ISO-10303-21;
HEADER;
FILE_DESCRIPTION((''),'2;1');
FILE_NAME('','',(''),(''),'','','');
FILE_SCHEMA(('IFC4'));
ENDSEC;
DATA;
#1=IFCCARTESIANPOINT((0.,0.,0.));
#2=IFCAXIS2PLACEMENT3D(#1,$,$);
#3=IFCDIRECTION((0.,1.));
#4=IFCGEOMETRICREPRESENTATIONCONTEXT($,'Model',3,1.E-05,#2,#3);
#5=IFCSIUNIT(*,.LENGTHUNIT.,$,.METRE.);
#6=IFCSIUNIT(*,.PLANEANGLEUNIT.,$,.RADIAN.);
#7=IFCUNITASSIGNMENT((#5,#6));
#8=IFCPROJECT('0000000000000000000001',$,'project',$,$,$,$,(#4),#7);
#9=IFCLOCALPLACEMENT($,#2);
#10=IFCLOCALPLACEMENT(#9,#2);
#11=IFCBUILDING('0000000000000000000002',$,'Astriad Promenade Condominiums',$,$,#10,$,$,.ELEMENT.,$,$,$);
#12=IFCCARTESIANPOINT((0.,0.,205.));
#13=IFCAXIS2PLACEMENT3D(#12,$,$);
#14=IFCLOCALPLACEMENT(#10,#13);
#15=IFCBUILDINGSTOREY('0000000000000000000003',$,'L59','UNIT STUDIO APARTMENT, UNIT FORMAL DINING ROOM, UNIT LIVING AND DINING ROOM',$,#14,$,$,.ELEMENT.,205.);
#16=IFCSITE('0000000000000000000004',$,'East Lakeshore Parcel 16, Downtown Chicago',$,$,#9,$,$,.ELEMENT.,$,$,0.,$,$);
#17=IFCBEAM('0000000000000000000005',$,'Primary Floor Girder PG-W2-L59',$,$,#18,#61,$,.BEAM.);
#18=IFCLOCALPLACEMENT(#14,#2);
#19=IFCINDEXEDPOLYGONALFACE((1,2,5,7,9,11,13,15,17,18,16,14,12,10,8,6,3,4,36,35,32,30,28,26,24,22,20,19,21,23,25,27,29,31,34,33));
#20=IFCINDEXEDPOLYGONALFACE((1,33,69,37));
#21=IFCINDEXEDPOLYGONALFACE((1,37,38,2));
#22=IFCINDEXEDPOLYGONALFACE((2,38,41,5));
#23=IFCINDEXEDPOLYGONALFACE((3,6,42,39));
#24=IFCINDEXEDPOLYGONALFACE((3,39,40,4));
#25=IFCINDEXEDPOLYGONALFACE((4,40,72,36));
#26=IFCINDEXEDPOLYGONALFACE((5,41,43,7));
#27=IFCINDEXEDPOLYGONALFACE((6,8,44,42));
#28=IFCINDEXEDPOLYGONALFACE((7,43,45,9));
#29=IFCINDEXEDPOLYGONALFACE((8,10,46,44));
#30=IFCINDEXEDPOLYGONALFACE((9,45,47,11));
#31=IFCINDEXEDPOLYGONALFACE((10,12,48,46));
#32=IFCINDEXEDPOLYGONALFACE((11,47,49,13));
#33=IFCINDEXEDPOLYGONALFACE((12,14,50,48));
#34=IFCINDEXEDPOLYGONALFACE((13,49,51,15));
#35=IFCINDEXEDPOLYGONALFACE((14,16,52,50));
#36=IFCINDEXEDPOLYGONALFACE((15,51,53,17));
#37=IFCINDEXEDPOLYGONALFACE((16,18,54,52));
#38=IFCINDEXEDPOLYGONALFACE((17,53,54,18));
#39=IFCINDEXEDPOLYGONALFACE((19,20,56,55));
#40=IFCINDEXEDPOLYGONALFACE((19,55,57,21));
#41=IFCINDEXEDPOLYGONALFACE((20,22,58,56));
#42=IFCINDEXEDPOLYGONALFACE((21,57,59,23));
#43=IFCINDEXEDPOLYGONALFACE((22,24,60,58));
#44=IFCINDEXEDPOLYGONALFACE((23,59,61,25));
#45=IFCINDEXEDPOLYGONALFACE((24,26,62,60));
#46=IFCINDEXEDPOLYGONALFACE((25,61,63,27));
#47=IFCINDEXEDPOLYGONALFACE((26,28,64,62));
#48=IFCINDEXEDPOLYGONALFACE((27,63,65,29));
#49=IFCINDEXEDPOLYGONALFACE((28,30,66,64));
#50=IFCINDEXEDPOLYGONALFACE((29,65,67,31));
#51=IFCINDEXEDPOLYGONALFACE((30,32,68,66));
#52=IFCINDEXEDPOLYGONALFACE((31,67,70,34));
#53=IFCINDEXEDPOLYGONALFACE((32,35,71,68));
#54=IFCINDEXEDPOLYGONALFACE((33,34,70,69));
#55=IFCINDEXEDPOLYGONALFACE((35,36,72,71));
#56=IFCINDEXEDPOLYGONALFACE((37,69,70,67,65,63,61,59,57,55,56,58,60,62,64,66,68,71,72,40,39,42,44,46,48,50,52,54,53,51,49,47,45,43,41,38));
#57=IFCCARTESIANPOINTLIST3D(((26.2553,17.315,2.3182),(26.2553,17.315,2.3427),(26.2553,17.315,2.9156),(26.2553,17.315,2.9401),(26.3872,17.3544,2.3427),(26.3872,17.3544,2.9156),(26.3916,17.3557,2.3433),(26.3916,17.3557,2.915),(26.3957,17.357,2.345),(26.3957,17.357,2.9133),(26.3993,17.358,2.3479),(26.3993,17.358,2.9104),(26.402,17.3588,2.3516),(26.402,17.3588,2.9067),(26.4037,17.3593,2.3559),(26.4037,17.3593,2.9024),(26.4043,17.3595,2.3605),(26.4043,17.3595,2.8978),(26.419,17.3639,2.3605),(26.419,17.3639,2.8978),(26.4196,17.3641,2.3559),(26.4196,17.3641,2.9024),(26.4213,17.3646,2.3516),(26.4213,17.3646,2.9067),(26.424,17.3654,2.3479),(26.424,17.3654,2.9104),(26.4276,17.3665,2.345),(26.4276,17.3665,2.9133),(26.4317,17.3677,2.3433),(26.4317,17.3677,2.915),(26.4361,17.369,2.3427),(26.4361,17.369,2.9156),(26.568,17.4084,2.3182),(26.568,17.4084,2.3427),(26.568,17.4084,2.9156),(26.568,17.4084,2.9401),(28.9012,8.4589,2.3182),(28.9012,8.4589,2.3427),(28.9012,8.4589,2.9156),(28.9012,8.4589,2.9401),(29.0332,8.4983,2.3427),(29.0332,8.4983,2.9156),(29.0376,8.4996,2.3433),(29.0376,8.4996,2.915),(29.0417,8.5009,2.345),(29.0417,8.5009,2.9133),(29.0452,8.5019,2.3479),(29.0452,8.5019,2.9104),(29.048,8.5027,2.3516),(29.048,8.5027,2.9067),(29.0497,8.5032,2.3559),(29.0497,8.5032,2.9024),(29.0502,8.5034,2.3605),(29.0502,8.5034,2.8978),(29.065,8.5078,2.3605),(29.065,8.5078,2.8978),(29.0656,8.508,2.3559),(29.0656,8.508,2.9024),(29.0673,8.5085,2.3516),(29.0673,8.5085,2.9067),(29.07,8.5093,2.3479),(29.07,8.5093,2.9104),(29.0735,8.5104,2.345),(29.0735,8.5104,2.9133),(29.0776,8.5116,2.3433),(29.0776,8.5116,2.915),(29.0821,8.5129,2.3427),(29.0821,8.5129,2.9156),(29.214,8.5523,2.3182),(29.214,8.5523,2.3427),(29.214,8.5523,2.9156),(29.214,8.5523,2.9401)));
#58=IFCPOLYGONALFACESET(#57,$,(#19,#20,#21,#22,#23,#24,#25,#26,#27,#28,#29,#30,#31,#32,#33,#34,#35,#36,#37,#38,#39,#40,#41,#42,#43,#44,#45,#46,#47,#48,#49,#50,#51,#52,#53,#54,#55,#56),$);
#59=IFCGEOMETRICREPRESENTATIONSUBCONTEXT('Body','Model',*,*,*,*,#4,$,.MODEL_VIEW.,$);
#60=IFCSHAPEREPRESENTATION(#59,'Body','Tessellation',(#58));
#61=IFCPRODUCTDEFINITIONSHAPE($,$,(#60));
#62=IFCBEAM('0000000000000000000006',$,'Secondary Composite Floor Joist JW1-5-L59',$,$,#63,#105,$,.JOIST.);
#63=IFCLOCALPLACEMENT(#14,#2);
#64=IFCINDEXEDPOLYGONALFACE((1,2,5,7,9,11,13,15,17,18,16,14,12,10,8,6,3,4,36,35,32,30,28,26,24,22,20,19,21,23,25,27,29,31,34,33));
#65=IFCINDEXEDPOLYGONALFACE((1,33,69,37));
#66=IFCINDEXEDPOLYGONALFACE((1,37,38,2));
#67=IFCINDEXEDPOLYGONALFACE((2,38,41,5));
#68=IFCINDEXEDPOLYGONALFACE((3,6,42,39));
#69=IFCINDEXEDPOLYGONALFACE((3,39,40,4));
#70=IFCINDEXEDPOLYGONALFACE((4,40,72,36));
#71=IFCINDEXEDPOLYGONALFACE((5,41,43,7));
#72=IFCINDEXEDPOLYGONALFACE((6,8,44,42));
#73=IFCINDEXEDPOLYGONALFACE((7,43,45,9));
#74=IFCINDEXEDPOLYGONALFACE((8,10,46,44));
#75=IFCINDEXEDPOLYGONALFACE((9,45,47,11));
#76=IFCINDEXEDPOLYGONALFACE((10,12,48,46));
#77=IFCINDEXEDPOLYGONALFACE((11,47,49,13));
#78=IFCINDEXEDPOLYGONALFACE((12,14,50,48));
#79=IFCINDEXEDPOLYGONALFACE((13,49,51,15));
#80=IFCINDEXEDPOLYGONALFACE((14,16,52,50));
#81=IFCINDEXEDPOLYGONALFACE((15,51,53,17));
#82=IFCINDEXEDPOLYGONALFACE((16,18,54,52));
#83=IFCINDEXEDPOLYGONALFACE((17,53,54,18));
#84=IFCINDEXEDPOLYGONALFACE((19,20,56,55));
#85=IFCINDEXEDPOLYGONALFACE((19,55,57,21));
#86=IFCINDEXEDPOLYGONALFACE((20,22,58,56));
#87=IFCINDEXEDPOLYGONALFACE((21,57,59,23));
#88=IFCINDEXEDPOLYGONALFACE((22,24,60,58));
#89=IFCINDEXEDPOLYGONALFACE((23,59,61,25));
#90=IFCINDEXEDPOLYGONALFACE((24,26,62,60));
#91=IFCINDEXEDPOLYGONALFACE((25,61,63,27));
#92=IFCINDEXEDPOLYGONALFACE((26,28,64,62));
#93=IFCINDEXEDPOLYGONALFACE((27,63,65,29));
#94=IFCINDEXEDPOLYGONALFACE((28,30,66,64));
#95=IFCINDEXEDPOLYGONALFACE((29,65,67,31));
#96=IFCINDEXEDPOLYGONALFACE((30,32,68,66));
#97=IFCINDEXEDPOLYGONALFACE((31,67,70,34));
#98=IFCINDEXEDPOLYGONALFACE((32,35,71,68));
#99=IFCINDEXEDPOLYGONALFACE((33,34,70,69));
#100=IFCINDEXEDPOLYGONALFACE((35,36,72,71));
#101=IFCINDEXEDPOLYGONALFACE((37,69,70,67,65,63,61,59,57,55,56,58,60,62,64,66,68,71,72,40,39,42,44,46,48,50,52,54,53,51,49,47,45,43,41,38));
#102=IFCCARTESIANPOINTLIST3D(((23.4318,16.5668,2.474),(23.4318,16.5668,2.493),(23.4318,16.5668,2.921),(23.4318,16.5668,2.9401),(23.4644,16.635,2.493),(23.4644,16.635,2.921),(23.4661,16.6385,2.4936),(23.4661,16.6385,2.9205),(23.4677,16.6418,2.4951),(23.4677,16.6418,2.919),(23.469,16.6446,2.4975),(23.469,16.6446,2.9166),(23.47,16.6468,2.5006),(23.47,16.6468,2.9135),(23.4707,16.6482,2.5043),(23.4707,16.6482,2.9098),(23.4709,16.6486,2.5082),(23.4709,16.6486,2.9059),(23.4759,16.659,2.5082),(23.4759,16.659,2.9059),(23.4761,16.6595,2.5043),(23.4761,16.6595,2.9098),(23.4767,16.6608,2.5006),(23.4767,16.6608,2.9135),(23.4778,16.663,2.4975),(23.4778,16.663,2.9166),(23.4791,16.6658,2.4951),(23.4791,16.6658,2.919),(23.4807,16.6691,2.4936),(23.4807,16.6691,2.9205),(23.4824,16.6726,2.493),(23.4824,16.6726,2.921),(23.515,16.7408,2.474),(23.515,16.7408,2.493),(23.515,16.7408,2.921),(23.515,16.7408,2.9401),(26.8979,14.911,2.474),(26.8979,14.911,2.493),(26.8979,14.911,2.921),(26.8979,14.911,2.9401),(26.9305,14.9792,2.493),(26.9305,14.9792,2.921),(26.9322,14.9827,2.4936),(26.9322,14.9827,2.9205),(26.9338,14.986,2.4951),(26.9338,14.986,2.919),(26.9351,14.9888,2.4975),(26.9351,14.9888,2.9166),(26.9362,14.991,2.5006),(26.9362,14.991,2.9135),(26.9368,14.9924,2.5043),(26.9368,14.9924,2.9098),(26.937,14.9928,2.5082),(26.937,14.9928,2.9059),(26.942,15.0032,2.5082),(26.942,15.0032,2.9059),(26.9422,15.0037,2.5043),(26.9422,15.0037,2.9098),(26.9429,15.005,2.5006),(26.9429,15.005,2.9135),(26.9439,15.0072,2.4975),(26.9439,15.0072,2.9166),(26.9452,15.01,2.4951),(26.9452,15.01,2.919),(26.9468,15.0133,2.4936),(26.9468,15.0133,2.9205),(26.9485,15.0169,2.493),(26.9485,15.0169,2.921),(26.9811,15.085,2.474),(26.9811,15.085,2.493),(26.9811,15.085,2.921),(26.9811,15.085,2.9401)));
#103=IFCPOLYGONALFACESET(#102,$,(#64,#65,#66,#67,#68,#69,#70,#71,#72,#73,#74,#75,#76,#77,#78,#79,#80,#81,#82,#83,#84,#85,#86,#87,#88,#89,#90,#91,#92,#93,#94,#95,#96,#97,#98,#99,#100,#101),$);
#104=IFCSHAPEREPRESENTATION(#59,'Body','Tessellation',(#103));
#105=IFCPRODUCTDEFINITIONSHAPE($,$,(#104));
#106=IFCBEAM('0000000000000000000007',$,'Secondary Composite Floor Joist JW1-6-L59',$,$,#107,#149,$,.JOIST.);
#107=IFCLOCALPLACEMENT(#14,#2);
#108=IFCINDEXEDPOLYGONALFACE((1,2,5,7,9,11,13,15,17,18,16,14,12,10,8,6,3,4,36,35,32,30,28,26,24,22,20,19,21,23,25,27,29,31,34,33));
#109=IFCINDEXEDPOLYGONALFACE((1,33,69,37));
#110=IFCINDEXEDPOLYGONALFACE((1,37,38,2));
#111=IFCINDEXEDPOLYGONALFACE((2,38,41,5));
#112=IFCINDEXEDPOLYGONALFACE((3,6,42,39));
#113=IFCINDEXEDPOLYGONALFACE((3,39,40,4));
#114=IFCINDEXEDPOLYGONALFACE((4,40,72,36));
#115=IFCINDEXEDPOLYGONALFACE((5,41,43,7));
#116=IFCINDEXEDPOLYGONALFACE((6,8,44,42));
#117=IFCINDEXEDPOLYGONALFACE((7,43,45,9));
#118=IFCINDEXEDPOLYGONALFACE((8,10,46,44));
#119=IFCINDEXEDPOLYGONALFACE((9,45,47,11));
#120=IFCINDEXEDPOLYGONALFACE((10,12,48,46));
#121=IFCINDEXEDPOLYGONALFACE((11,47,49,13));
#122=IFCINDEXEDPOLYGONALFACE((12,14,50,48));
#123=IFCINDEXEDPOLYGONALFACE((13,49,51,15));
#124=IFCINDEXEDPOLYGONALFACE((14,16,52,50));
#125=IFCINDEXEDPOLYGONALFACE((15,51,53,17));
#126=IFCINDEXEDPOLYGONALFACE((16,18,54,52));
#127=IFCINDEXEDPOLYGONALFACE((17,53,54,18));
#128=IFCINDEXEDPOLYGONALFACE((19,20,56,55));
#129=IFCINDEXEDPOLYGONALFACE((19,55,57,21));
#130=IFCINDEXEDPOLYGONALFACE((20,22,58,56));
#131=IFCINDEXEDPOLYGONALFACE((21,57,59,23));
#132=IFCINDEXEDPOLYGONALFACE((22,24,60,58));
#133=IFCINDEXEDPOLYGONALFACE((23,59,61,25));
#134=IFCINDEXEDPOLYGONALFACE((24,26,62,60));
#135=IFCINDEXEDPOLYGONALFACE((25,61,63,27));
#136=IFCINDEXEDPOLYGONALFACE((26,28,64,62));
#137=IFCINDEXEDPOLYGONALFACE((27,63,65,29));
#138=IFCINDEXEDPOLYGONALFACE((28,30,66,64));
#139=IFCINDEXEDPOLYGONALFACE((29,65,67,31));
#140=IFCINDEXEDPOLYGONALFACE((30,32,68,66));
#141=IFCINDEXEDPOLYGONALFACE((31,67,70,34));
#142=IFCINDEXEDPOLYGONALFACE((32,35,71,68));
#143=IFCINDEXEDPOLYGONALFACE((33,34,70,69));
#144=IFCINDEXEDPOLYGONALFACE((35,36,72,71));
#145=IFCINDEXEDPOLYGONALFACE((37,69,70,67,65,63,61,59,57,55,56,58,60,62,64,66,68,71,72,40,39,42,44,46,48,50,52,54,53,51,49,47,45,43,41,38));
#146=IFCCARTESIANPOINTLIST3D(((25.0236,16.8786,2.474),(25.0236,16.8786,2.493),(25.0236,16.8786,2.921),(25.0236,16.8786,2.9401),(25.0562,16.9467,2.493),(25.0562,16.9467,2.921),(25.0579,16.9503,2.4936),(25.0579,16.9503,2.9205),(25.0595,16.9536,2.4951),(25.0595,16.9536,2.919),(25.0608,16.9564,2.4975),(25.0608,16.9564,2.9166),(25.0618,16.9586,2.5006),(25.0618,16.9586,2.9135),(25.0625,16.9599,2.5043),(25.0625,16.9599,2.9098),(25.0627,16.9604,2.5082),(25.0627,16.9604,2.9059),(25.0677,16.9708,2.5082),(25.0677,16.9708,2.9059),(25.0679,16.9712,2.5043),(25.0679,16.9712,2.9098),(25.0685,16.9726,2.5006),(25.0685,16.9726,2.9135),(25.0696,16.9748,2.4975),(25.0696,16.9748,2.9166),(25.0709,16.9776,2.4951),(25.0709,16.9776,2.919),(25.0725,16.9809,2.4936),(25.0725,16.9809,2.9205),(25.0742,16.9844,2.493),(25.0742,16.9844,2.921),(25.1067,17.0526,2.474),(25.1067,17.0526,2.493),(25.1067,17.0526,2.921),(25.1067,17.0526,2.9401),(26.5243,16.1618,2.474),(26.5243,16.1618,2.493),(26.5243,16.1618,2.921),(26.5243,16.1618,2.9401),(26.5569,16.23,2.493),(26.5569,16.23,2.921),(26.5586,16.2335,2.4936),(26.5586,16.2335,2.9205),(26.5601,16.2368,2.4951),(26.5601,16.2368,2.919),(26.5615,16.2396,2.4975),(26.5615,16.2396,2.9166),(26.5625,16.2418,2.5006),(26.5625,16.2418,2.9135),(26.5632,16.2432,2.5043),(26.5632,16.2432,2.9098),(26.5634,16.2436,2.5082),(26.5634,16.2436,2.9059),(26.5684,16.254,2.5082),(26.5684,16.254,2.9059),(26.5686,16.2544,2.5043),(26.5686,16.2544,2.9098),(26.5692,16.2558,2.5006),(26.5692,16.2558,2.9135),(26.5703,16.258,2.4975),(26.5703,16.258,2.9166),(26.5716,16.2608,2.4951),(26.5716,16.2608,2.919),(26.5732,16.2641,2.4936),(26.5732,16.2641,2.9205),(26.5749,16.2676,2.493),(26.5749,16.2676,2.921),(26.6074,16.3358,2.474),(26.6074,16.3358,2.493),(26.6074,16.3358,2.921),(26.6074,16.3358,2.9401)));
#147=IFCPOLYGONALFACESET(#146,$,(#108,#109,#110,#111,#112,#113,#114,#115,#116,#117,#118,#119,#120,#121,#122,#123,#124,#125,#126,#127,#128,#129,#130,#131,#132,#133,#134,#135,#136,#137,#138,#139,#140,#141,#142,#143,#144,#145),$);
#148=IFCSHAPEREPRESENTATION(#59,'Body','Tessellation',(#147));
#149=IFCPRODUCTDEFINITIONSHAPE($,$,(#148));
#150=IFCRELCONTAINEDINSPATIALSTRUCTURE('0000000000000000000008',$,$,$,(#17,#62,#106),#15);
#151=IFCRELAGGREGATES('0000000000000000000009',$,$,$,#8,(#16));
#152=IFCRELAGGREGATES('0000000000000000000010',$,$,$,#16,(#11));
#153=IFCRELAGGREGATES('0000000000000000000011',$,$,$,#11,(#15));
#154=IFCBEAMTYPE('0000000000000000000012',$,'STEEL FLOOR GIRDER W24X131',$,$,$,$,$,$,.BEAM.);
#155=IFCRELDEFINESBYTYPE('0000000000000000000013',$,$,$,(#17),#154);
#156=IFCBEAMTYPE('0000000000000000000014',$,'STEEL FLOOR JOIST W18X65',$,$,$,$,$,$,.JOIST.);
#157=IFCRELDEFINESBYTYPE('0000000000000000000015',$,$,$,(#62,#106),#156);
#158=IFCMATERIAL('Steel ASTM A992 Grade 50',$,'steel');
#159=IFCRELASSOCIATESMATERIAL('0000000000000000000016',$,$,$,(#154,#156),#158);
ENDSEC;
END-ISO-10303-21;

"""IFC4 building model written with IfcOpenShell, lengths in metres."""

from ifc_helpers import new_model, si_unit, direction, frame, origin, origin_2d, place, context, subcontext, project, spatial, i_section, extrude, source, transform, mapped, material, material_profile, profile_set, type_object, type_shapes, element, save


model = new_model("IFC4")

# Units and contexts
model_context = context("Model", 3, precision=1e-05, world=origin(), true_north=direction((0.0, 1.0)))
body_context = subcontext(model_context, "Body", "Model", "MODEL_VIEW")
ifc_project = project(units=[si_unit("LENGTHUNIT", "METRE"), si_unit("PLANEANGLEUNIT", "RADIAN")], contexts=[model_context])

# Site, building, storey
site_placement = place(None, origin())
site = spatial("IfcSite", under=ifc_project, at=site_placement, Name="East Lakeshore Parcel 16, Downtown Chicago", CompositionType="ELEMENT", RefElevation=0.0)
building_placement = place(site_placement, origin())
building = spatial("IfcBuilding", under=site, at=building_placement, Name="Astriad Promenade Condominiums", CompositionType="ELEMENT")
storey_placement = place(building_placement, frame((0.0, 0.0, 205.0)))
storey = spatial("IfcBuildingStorey", under=building, at=storey_placement, Name="L59", Description="UNIT STUDIO APARTMENT, UNIT FORMAL DINING ROOM, UNIT LIVING AND DINING ROOM", CompositionType="ELEMENT", Elevation=205.0)

# Shared definitions
ifc_material_1 = material(Name="Steel ASTM A992 Grade 50", Category="steel")

# Beams
ifc_material_profile_1 = material_profile(ifc_material_1, i_section(OverallWidth=0.3264, OverallDepth=0.6218, WebThickness=0.0154, FlangeThickness=0.0244, FilletRadius=0.0178, at=origin_2d()), Name="W24X131")
ifc_profile_set_1 = profile_set([ifc_material_profile_1], Name="Steel ASTM A992 Grade 50")
beam_type_1 = type_object("IfcBeamType", Name="STEEL FLOOR GIRDER W24X131", PredefinedType="BEAM", material=ifc_profile_set_1)
shared_shape_1 = source(origin(), body_context, "Body", "SweptSolid", [
    extrude(i_section(OverallWidth=0.3264, OverallDepth=0.6218, WebThickness=0.0154, FlangeThickness=0.0244, FilletRadius=0.0178, at=origin_2d()), origin(), (0.0, 0.0, 1.0), 9.2429),
])
type_shapes(beam_type_1, [shared_shape_1])
beam_1_placement = place(storey_placement, frame((29.0576, 8.5056, 2.6292), z_axis=(-0.286269, 0.958149, 0.0), x_axis=(-0.958149, -0.286269, 0.0)))
element("IfcBeam", 1, at=beam_1_placement, inside=storey, type_object=beam_type_1, Name="Primary Floor Girder PG-W2-L59", PredefinedType="BEAM", context=body_context, shape_type="MappedRepresentation", body=[
    mapped(shared_shape_1, transform((0.0, 0.0, 0.0), scale=1.0)),
])
ifc_material_profile_2 = material_profile(ifc_material_1, i_section(OverallWidth=0.1929, OverallDepth=0.4661, WebThickness=0.0115, FlangeThickness=0.019, FilletRadius=0.0151, at=origin_2d()), Name="W18X65")
ifc_profile_set_2 = profile_set([ifc_material_profile_2], Name="Steel ASTM A992 Grade 50")
beam_type_2 = type_object("IfcBeamType", Name="STEEL FLOOR JOIST W18X65", PredefinedType="JOIST", material=ifc_profile_set_2)
shared_shape_2 = source(origin(), body_context, "Body", "SweptSolid", [
    extrude(i_section(OverallWidth=0.1929, OverallDepth=0.4661, WebThickness=0.0115, FlangeThickness=0.019, FilletRadius=0.0151, at=origin_2d()), origin(), (0.0, 0.0, 1.0), 3.8413),
])
beam_2_placement = place(storey_placement, frame((23.4734, 16.6538, 2.707), z_axis=(0.902329, -0.431048, 0.0), x_axis=(0.431048, 0.902329, 0.0)))
element("IfcBeam", 2, at=beam_2_placement, inside=storey, type_object=beam_type_2, Name="Secondary Composite Floor Joist JW1-5-L59", PredefinedType="JOIST", context=body_context, shape_type="MappedRepresentation", body=[
    mapped(shared_shape_2, transform((0.0, 0.0, 0.0), scale=1.0)),
])
shared_shape_3 = source(origin(), body_context, "Body", "SweptSolid", [
    extrude(i_section(OverallWidth=0.1929, OverallDepth=0.4661, WebThickness=0.0115, FlangeThickness=0.019, FilletRadius=0.0151, at=origin_2d()), origin(), (0.0, 0.0, 1.0), 1.6631),
])
type_shapes(beam_type_2, [shared_shape_2, shared_shape_3])
beam_3_placement = place(storey_placement, frame((25.0652, 16.9656, 2.707), z_axis=(0.902355, -0.430993, 0.0), x_axis=(0.430993, 0.902355, 0.0)))
element("IfcBeam", 3, at=beam_3_placement, inside=storey, type_object=beam_type_2, Name="Secondary Composite Floor Joist JW1-6-L59", PredefinedType="JOIST", context=body_context, shape_type="MappedRepresentation", body=[
    mapped(shared_shape_3, transform((0.0, 0.0, 0.0), scale=1.0)),
])

save(model, "model.ifc")
